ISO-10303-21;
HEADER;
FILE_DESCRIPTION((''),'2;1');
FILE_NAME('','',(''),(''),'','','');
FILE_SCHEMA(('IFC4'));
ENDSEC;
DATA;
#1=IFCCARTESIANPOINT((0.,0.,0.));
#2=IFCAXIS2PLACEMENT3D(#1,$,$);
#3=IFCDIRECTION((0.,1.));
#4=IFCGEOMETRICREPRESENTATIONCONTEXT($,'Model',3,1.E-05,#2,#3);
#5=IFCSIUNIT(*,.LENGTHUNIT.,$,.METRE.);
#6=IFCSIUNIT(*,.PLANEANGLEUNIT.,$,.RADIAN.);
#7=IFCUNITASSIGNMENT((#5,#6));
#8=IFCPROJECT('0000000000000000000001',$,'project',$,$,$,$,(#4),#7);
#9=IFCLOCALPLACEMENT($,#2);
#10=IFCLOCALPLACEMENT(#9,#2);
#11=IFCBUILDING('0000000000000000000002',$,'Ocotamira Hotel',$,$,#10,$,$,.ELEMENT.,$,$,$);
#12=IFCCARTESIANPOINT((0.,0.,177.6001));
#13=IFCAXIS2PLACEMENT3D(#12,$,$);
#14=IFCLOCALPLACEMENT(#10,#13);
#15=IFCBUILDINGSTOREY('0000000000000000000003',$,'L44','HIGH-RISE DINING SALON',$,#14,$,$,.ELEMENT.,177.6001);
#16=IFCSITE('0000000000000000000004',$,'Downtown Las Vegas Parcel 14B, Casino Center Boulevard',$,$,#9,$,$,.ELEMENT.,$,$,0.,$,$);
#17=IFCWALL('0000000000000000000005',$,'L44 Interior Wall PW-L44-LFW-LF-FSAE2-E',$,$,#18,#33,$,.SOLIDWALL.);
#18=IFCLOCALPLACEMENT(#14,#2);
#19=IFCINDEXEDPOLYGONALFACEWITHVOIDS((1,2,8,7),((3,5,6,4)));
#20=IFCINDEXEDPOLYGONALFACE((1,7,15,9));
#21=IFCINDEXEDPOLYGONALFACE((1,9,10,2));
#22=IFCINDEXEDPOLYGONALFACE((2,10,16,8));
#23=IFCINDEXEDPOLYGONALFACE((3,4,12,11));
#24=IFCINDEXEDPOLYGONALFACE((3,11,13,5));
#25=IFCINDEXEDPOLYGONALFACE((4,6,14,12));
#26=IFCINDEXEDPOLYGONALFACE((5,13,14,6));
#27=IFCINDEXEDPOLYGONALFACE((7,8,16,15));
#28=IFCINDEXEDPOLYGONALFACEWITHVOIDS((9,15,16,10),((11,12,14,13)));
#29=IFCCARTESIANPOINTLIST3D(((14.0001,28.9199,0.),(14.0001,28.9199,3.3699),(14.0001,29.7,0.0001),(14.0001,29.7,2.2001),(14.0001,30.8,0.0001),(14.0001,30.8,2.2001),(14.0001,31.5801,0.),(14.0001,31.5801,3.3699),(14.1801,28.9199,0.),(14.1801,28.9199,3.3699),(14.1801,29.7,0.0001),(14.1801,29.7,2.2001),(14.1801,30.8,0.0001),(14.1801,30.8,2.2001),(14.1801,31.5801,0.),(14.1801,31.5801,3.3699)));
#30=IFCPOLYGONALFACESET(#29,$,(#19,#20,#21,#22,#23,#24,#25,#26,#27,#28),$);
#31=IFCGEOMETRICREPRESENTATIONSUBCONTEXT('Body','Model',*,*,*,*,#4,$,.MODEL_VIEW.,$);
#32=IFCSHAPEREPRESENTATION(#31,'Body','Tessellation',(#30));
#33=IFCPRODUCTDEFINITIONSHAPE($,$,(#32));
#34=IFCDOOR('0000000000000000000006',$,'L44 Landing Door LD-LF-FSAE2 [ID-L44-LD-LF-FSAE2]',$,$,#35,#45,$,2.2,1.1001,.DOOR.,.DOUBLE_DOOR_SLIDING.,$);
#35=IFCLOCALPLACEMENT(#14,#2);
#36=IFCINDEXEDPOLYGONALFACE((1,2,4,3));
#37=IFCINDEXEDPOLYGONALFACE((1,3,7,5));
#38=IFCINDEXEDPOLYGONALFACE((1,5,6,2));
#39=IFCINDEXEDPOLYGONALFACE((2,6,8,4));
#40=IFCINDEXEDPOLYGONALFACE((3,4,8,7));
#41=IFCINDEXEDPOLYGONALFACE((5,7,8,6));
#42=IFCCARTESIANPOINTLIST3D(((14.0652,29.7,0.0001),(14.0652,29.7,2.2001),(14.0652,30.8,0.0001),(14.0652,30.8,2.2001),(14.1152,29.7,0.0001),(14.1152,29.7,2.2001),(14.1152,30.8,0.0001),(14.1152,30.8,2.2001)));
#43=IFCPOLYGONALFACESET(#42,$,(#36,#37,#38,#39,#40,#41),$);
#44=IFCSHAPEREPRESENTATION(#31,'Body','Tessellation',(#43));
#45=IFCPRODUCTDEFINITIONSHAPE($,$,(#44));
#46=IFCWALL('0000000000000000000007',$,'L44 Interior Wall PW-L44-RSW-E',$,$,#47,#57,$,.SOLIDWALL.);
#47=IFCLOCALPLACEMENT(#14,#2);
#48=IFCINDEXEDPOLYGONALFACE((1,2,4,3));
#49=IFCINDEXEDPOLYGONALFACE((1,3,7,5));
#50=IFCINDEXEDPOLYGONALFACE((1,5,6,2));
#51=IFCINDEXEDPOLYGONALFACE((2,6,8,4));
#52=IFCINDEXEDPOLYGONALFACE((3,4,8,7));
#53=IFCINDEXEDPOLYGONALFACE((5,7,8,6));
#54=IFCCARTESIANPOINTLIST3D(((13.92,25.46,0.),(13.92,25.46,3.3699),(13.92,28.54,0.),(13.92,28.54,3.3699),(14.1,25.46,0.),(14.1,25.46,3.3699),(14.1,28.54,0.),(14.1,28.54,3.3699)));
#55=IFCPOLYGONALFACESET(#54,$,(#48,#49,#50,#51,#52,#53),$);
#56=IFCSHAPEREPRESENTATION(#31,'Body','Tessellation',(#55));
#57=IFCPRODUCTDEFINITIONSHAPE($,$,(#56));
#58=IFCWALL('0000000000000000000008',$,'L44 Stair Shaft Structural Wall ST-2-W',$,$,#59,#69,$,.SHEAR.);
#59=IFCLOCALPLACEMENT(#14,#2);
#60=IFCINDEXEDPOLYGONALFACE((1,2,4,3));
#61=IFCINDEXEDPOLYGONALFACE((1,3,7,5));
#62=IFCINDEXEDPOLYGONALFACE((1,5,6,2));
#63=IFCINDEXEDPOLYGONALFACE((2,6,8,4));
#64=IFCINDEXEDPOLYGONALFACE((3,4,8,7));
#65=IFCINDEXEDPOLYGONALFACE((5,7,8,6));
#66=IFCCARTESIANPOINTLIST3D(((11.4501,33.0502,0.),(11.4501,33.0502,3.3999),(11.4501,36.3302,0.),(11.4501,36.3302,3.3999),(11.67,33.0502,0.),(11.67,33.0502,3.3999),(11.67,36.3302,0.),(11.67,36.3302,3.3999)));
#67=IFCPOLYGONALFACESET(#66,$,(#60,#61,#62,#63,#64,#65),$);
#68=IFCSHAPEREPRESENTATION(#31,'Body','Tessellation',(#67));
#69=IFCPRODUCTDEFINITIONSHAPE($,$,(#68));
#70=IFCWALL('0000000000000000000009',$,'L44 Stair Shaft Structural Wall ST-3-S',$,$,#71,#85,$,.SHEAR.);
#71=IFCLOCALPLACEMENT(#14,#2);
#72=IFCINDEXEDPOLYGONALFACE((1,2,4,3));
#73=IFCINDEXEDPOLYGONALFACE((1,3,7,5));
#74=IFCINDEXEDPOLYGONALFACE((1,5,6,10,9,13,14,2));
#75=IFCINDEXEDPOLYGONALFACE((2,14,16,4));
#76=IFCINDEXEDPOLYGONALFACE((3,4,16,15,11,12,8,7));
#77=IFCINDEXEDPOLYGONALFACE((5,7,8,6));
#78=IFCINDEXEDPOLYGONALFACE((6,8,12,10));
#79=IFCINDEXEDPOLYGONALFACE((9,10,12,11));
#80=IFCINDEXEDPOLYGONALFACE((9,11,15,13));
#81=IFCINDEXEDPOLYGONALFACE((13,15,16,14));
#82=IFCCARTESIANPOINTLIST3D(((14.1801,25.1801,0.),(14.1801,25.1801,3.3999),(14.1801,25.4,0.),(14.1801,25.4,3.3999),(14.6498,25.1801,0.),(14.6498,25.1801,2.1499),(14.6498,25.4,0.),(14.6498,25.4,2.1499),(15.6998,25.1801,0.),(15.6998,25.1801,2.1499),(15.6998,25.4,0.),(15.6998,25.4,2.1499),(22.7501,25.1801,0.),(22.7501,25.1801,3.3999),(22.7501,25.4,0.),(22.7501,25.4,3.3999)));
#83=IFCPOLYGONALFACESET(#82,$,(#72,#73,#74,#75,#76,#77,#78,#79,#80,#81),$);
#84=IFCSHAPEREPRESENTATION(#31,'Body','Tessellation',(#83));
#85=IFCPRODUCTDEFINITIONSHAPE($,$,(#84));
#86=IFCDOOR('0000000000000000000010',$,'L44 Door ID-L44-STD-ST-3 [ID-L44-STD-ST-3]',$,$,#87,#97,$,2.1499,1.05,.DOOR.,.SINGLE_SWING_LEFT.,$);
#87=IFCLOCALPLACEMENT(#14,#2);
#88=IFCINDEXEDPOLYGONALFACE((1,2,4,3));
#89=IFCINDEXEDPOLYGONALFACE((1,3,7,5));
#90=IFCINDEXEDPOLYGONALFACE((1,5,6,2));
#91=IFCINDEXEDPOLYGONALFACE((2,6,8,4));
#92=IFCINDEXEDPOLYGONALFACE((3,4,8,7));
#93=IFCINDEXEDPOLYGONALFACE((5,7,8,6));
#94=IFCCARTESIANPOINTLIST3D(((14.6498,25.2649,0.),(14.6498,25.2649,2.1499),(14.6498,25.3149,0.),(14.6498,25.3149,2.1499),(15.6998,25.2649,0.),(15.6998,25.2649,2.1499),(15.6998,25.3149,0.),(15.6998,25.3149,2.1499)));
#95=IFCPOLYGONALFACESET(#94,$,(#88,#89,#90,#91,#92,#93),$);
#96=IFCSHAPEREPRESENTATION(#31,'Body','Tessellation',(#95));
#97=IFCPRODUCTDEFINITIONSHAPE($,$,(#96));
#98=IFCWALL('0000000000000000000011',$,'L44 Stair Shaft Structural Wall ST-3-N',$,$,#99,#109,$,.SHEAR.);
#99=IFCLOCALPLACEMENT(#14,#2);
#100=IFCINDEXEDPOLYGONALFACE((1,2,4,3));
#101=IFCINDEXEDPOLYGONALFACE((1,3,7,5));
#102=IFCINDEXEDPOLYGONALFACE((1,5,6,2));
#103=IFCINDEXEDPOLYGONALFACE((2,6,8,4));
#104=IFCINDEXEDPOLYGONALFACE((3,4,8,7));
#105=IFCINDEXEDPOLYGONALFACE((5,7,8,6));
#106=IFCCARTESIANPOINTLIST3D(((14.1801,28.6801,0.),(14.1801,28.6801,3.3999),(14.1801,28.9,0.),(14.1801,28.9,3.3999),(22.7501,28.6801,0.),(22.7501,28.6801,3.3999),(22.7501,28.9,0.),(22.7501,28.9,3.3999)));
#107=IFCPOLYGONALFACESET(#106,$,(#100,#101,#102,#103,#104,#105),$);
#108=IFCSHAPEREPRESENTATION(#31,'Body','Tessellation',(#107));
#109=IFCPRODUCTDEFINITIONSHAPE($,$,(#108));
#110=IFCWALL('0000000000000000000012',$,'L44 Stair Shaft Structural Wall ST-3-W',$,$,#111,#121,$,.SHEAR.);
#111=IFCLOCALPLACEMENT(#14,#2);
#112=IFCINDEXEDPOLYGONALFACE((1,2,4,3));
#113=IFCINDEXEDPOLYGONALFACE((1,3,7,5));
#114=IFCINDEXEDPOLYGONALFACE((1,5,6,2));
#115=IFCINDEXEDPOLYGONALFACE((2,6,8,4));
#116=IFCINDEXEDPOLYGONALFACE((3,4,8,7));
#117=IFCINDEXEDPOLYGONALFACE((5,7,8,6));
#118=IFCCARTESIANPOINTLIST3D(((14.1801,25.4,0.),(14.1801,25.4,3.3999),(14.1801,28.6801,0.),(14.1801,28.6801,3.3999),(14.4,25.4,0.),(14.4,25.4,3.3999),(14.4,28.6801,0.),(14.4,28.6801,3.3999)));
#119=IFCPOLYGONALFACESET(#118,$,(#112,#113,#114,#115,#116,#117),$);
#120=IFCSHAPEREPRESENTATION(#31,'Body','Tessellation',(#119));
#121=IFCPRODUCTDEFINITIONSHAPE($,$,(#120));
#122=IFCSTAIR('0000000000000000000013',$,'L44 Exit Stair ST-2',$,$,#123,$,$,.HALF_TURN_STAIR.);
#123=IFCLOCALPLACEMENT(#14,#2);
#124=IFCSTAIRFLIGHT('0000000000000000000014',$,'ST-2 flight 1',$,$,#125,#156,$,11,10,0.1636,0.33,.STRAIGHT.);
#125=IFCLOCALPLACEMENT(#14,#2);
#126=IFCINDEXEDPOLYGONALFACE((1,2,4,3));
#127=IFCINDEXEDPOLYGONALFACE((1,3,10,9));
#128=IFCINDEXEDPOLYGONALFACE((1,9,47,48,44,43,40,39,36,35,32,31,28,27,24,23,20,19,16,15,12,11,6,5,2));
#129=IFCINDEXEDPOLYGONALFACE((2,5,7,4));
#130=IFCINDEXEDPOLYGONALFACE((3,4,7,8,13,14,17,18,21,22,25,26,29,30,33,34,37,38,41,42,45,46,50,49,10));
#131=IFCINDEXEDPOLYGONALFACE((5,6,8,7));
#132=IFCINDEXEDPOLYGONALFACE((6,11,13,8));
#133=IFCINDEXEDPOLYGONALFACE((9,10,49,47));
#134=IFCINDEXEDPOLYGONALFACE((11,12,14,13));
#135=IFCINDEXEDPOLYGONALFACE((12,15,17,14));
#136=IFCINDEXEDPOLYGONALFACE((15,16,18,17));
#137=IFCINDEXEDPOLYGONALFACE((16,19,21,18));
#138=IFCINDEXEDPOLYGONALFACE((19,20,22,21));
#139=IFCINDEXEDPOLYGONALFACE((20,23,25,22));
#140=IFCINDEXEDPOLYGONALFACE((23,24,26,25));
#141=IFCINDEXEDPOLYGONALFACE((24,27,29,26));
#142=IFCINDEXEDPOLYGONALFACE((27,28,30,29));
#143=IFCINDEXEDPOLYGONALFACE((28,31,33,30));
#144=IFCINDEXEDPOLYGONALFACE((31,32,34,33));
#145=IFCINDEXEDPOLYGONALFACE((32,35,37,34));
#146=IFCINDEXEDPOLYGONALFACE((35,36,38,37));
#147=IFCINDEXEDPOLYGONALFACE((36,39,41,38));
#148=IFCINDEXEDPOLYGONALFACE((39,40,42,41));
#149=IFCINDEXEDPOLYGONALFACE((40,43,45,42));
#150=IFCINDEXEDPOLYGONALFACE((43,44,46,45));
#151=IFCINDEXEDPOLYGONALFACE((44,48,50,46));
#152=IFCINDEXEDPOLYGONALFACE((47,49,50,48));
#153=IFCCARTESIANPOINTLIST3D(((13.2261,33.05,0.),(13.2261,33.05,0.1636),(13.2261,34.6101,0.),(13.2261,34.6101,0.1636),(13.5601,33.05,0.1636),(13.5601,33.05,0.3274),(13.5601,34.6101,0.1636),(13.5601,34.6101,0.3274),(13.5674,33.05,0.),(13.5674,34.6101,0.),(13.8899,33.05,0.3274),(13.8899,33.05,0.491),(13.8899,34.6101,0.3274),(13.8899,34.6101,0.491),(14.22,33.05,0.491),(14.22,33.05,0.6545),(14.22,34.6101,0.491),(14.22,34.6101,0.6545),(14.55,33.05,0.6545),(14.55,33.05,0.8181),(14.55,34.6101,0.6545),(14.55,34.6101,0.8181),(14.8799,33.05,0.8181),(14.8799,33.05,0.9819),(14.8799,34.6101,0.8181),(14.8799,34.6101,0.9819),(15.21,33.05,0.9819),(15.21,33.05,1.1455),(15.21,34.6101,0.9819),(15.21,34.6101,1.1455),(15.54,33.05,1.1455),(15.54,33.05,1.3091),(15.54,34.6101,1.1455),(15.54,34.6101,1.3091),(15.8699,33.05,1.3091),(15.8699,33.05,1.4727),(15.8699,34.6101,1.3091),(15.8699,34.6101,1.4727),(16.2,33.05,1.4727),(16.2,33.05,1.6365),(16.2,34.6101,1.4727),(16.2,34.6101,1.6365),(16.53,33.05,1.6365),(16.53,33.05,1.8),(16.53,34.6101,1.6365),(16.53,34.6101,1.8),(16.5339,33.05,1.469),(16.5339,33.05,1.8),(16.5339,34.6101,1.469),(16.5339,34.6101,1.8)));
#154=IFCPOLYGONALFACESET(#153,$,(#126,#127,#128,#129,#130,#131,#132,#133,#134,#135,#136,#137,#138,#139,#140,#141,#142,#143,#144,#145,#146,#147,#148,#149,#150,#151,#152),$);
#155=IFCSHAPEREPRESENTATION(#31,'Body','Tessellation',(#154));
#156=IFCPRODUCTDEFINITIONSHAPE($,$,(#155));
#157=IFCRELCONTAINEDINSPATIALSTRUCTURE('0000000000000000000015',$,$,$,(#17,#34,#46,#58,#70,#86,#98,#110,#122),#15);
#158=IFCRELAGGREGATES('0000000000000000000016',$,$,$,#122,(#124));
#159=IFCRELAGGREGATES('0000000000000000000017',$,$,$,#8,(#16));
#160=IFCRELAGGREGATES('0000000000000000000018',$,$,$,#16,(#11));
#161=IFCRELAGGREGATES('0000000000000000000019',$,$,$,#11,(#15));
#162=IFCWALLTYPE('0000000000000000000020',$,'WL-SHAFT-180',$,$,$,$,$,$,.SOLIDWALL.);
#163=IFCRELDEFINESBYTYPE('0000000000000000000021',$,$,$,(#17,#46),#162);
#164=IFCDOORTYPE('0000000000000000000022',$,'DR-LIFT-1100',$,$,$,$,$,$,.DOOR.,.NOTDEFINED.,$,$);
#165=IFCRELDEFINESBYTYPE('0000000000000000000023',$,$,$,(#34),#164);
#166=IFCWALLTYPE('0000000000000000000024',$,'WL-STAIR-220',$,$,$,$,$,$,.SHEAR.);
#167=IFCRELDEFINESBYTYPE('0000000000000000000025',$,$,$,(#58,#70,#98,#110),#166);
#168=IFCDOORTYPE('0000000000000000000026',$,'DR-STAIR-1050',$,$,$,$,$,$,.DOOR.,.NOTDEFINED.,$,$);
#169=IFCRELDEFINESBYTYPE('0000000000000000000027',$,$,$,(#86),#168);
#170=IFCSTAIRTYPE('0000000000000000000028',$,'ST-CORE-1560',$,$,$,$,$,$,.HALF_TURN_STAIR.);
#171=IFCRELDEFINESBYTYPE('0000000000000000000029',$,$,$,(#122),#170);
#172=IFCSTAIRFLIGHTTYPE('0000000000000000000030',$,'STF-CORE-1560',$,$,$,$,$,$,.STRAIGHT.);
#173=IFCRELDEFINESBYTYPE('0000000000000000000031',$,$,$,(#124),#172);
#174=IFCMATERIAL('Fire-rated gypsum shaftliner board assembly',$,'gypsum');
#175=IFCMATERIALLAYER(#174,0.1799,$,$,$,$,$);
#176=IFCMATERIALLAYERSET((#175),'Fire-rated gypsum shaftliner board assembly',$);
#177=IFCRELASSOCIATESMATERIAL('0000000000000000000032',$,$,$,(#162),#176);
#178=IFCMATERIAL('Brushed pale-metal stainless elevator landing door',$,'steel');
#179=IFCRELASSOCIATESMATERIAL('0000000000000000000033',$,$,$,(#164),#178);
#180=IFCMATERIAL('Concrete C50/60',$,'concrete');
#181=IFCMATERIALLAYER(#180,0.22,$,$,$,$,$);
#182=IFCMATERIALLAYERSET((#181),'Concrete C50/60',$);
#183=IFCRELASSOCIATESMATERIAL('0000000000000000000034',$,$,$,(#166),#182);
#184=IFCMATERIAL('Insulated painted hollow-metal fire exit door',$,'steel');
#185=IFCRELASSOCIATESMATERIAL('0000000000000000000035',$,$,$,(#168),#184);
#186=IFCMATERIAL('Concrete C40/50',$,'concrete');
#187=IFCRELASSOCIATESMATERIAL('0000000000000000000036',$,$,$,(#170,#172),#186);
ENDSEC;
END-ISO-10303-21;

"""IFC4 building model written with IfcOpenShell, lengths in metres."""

from ifc_helpers import new_model, si_unit, direction, frame, frame_2d, origin, place, context, subcontext, project, spatial, polyline, rectangle, outline, extrude, source, transform, mapped, material, layer, layer_set, type_object, element, fill, aggregate, save


model = new_model("IFC4")

# Units and contexts
model_context = context("Model", 3, precision=1e-05, world=origin(), true_north=direction((0.0, 1.0)))
body_context = subcontext(model_context, "Body", "Model", "MODEL_VIEW")
ifc_project = project(units=[si_unit("LENGTHUNIT", "METRE"), si_unit("PLANEANGLEUNIT", "RADIAN")], contexts=[model_context])

# Site, building, storey
site_placement = place(None, origin())
site = spatial("IfcSite", under=ifc_project, at=site_placement, Name="Downtown Las Vegas Parcel 14B, Casino Center Boulevard", CompositionType="ELEMENT", RefElevation=0.0)
building_placement = place(site_placement, origin())
building = spatial("IfcBuilding", under=site, at=building_placement, Name="Ocotamira Hotel", CompositionType="ELEMENT")
storey_placement = place(building_placement, frame((0.0, 0.0, 177.6001)))
storey = spatial("IfcBuildingStorey", under=building, at=storey_placement, Name="L44", Description="HIGH-RISE DINING SALON", CompositionType="ELEMENT", Elevation=177.6001)

# Wall, opening, door
ifc_material_1 = material(Name="Fire-rated gypsum shaftliner board assembly", Category="gypsum")
ifc_layer_1 = layer(ifc_material_1, 0.1799)
ifc_layer_set_1 = layer_set([ifc_layer_1], Name="Fire-rated gypsum shaftliner board assembly")
wall_type_1 = type_object("IfcWallType", Name="WL-SHAFT-180", PredefinedType="SOLIDWALL", material=ifc_layer_set_1)
wall_1_placement = place(storey_placement, frame((14.0901, 28.9199, 0.0), z_axis=(0.0, 0.0, 1.0), x_axis=(0.0, 1.0, 0.0)))
wall_1 = element("IfcWall", 1, at=wall_1_placement, inside=storey, type_object=wall_type_1, Name="L44 Interior Wall PW-L44-LFW-LF-FSAE2-E", PredefinedType="SOLIDWALL", context=body_context, shape_type="SweptSolid", body=[
    extrude(rectangle(XDim=2.6602, YDim=0.1799, at=frame_2d((1.3301, 0.0))), origin(), (0.0, 0.0, 1.0), 3.3699),
])
opening_1_placement = place(wall_1_placement, frame((0.78, 0.0, 0.0)))
opening_1 = element("IfcOpeningElement", 2, at=opening_1_placement, cuts=wall_1, PredefinedType="OPENING", context=body_context, shape_type="SweptSolid", body=[
    extrude(rectangle(XDim=1.1001, YDim=2.2, at=frame_2d((0.55, 1.1001))), frame((0.0, 0.1001, 0.0), z_axis=(0.0, -1.0, 0.0), x_axis=(1.0, 0.0, 0.0)), (0.0, 0.0, 1.0), 0.2),
])
ifc_material_2 = material(Name="Brushed pale-metal stainless elevator landing door", Category="steel")
door_type_1 = type_object("IfcDoorType", Name="DR-LIFT-1100", OperationType="NOTDEFINED", PredefinedType="DOOR", material=ifc_material_2)
shared_shape_1 = source(origin(), body_context, "Body", "SweptSolid", [
    extrude(rectangle(XDim=1.1001, YDim=2.2, at=frame_2d((0.55, 1.1001))), frame((0.0, 0.0249, 0.0), z_axis=(0.0, -1.0, 0.0), x_axis=(1.0, 0.0, 0.0)), (0.0, 0.0, 1.0), 0.05),
])
door_1_placement = place(opening_1_placement, origin())
door_1 = element("IfcDoor", 3, at=door_1_placement, inside=storey, type_object=door_type_1, Name="L44 Landing Door LD-LF-FSAE2 [ID-L44-LD-LF-FSAE2]", OperationType="DOUBLE_DOOR_SLIDING", OverallHeight=2.2, OverallWidth=1.1001, PredefinedType="DOOR", context=body_context, shape_type="MappedRepresentation", body=[
    mapped(shared_shape_1, transform((0.0, 0.0, 0.0), scale=1.0)),
])
fill(opening_1, door_1)

# Walls
wall_2_placement = place(storey_placement, frame((14.01, 25.46, 0.0), z_axis=(0.0, 0.0, 1.0), x_axis=(0.0, 1.0, 0.0)))
element("IfcWall", 4, at=wall_2_placement, inside=storey, type_object=wall_type_1, Name="L44 Interior Wall PW-L44-RSW-E", PredefinedType="SOLIDWALL", context=body_context, shape_type="SweptSolid", body=[
    extrude(rectangle(XDim=3.0801, YDim=0.1799, at=frame_2d((1.54, 0.0))), origin(), (0.0, 0.0, 1.0), 3.3699),
])
ifc_material_3 = material(Name="Concrete C50/60", Category="concrete")
ifc_layer_2 = layer(ifc_material_3, 0.22)
ifc_layer_set_2 = layer_set([ifc_layer_2], Name="Concrete C50/60")
wall_type_2 = type_object("IfcWallType", Name="WL-STAIR-220", PredefinedType="SHEAR", material=ifc_layer_set_2)
wall_3_placement = place(storey_placement, frame((11.5601, 33.05, 0.0), z_axis=(0.0, 0.0, 1.0), x_axis=(0.0, 1.0, 0.0)))
element("IfcWall", 5, at=wall_3_placement, inside=storey, type_object=wall_type_2, Name="L44 Stair Shaft Structural Wall ST-2-W", PredefinedType="SHEAR", context=body_context, shape_type="SweptSolid", body=[
    extrude(rectangle(XDim=3.28, YDim=0.22, at=frame_2d((1.6401, 0.0))), origin(), (0.0, 0.0, 1.0), 3.3999),
])

# Wall, opening, door
wall_4_placement = place(storey_placement, frame((14.1799, 25.29, 0.0), z_axis=(0.0, 0.0, 1.0), x_axis=(1.0, 0.0, 0.0)))
wall_4 = element("IfcWall", 6, at=wall_4_placement, inside=storey, type_object=wall_type_2, Name="L44 Stair Shaft Structural Wall ST-3-S", PredefinedType="SHEAR", context=body_context, shape_type="SweptSolid", body=[
    extrude(rectangle(XDim=8.5701, YDim=0.22, at=frame_2d((4.2852, 0.0))), origin(), (0.0, 0.0, 1.0), 3.3999),
])
opening_2_placement = place(wall_4_placement, frame((0.47, 0.0, 0.0)))
opening_2 = element("IfcOpeningElement", 7, at=opening_2_placement, cuts=wall_4, PredefinedType="OPENING", context=body_context, shape_type="SweptSolid", body=[
    extrude(rectangle(XDim=1.05, YDim=2.1499, at=frame_2d((0.5249, 1.075))), frame((0.0, 0.1201, 0.0), z_axis=(0.0, -1.0, 0.0), x_axis=(1.0, 0.0, 0.0)), (0.0, 0.0, 1.0), 0.24),
])
ifc_material_4 = material(Name="Insulated painted hollow-metal fire exit door", Category="steel")
door_type_2 = type_object("IfcDoorType", Name="DR-STAIR-1050", OperationType="NOTDEFINED", PredefinedType="DOOR", material=ifc_material_4)
shared_shape_2 = source(origin(), body_context, "Body", "SweptSolid", [
    extrude(rectangle(XDim=1.05, YDim=2.1499, at=frame_2d((0.5249, 1.075))), frame((0.0, 0.0249, 0.0), z_axis=(0.0, -1.0, 0.0), x_axis=(1.0, 0.0, 0.0)), (0.0, 0.0, 1.0), 0.05),
])
door_2_placement = place(opening_2_placement, origin())
door_2 = element("IfcDoor", 8, at=door_2_placement, inside=storey, type_object=door_type_2, Name="L44 Door ID-L44-STD-ST-3 [ID-L44-STD-ST-3]", OperationType="SINGLE_SWING_LEFT", OverallHeight=2.1499, OverallWidth=1.05, PredefinedType="DOOR", context=body_context, shape_type="MappedRepresentation", body=[
    mapped(shared_shape_2, transform((0.0, 0.0, 0.0), scale=1.0)),
])
fill(opening_2, door_2)

# Walls
wall_5_placement = place(storey_placement, frame((14.1799, 28.79, 0.0), z_axis=(0.0, 0.0, 1.0), x_axis=(1.0, 0.0, 0.0)))
element("IfcWall", 9, at=wall_5_placement, inside=storey, type_object=wall_type_2, Name="L44 Stair Shaft Structural Wall ST-3-N", PredefinedType="SHEAR", context=body_context, shape_type="SweptSolid", body=[
    extrude(rectangle(XDim=8.5701, YDim=0.22, at=frame_2d((4.2852, 0.0))), origin(), (0.0, 0.0, 1.0), 3.3999),
])
wall_6_placement = place(storey_placement, frame((14.29, 25.3999, 0.0), z_axis=(0.0, 0.0, 1.0), x_axis=(0.0, 1.0, 0.0)))
element("IfcWall", 10, at=wall_6_placement, inside=storey, type_object=wall_type_2, Name="L44 Stair Shaft Structural Wall ST-3-W", PredefinedType="SHEAR", context=body_context, shape_type="SweptSolid", body=[
    extrude(rectangle(XDim=3.28, YDim=0.22, at=frame_2d((1.6401, 0.0))), origin(), (0.0, 0.0, 1.0), 3.3999),
])

# Stair, stair flight
ifc_material_5 = material(Name="Concrete C40/50", Category="concrete")
stair_type = type_object("IfcStairType", Name="ST-CORE-1560", PredefinedType="HALF_TURN_STAIR", material=ifc_material_5)
stair_1_placement = place(storey_placement, origin())
stair_1 = element("IfcStair", 11, at=stair_1_placement, inside=storey, type_object=stair_type, Name="L44 Exit Stair ST-2", PredefinedType="HALF_TURN_STAIR")
stair_flight_type = type_object("IfcStairFlightType", Name="STF-CORE-1560", PredefinedType="STRAIGHT", material=ifc_material_5)
shared_shape_3 = source(origin(), body_context, "Body", "SweptSolid", [
    extrude(outline(polyline([(-0.0039, 0.0), (-0.0039, 0.1636), (0.3301, 0.1636), (0.3301, 0.3274), (0.6599, 0.3274), (0.6599, 0.491), (0.99, 0.491), (0.99, 0.6545), (1.3201, 0.6545), (1.3201, 0.8181), (1.6499, 0.8181), (1.6499, 0.9819), (1.98, 0.9819), (1.98, 1.1455), (2.3101, 1.1455), (2.3101, 1.3091), (2.6399, 1.3091), (2.6399, 1.4727), (2.97, 1.4727), (2.97, 1.6365), (3.3, 1.6365), (3.3, 1.8), (3.304, 1.8), (3.304, 1.469), (0.3374, 0.0), (-0.0039, 0.0)])), frame((0.0, 0.78, 0.0), z_axis=(0.0, -1.0, 0.0), x_axis=(1.0, 0.0, 0.0)), (0.0, 0.0, 1.0), 1.5601),
])
stair_flight_1_placement = place(storey_placement, frame((13.23, 33.8301, 0.0), z_axis=(0.0, 0.0, 1.0), x_axis=(1.0, 0.0, 0.0)))
stair_flight_1 = element("IfcStairFlight", 12, at=stair_flight_1_placement, type_object=stair_flight_type, Name="ST-2 flight 1", NumberOfRisers=11, NumberOfTreads=10, PredefinedType="STRAIGHT", RiserHeight=0.1636, TreadLength=0.33, context=body_context, shape_type="MappedRepresentation", body=[
    mapped(shared_shape_3, transform((0.0, 0.0, 0.0), scale=1.0)),
])
aggregate(stair_1, [stair_flight_1])

save(model, "model.ifc")
